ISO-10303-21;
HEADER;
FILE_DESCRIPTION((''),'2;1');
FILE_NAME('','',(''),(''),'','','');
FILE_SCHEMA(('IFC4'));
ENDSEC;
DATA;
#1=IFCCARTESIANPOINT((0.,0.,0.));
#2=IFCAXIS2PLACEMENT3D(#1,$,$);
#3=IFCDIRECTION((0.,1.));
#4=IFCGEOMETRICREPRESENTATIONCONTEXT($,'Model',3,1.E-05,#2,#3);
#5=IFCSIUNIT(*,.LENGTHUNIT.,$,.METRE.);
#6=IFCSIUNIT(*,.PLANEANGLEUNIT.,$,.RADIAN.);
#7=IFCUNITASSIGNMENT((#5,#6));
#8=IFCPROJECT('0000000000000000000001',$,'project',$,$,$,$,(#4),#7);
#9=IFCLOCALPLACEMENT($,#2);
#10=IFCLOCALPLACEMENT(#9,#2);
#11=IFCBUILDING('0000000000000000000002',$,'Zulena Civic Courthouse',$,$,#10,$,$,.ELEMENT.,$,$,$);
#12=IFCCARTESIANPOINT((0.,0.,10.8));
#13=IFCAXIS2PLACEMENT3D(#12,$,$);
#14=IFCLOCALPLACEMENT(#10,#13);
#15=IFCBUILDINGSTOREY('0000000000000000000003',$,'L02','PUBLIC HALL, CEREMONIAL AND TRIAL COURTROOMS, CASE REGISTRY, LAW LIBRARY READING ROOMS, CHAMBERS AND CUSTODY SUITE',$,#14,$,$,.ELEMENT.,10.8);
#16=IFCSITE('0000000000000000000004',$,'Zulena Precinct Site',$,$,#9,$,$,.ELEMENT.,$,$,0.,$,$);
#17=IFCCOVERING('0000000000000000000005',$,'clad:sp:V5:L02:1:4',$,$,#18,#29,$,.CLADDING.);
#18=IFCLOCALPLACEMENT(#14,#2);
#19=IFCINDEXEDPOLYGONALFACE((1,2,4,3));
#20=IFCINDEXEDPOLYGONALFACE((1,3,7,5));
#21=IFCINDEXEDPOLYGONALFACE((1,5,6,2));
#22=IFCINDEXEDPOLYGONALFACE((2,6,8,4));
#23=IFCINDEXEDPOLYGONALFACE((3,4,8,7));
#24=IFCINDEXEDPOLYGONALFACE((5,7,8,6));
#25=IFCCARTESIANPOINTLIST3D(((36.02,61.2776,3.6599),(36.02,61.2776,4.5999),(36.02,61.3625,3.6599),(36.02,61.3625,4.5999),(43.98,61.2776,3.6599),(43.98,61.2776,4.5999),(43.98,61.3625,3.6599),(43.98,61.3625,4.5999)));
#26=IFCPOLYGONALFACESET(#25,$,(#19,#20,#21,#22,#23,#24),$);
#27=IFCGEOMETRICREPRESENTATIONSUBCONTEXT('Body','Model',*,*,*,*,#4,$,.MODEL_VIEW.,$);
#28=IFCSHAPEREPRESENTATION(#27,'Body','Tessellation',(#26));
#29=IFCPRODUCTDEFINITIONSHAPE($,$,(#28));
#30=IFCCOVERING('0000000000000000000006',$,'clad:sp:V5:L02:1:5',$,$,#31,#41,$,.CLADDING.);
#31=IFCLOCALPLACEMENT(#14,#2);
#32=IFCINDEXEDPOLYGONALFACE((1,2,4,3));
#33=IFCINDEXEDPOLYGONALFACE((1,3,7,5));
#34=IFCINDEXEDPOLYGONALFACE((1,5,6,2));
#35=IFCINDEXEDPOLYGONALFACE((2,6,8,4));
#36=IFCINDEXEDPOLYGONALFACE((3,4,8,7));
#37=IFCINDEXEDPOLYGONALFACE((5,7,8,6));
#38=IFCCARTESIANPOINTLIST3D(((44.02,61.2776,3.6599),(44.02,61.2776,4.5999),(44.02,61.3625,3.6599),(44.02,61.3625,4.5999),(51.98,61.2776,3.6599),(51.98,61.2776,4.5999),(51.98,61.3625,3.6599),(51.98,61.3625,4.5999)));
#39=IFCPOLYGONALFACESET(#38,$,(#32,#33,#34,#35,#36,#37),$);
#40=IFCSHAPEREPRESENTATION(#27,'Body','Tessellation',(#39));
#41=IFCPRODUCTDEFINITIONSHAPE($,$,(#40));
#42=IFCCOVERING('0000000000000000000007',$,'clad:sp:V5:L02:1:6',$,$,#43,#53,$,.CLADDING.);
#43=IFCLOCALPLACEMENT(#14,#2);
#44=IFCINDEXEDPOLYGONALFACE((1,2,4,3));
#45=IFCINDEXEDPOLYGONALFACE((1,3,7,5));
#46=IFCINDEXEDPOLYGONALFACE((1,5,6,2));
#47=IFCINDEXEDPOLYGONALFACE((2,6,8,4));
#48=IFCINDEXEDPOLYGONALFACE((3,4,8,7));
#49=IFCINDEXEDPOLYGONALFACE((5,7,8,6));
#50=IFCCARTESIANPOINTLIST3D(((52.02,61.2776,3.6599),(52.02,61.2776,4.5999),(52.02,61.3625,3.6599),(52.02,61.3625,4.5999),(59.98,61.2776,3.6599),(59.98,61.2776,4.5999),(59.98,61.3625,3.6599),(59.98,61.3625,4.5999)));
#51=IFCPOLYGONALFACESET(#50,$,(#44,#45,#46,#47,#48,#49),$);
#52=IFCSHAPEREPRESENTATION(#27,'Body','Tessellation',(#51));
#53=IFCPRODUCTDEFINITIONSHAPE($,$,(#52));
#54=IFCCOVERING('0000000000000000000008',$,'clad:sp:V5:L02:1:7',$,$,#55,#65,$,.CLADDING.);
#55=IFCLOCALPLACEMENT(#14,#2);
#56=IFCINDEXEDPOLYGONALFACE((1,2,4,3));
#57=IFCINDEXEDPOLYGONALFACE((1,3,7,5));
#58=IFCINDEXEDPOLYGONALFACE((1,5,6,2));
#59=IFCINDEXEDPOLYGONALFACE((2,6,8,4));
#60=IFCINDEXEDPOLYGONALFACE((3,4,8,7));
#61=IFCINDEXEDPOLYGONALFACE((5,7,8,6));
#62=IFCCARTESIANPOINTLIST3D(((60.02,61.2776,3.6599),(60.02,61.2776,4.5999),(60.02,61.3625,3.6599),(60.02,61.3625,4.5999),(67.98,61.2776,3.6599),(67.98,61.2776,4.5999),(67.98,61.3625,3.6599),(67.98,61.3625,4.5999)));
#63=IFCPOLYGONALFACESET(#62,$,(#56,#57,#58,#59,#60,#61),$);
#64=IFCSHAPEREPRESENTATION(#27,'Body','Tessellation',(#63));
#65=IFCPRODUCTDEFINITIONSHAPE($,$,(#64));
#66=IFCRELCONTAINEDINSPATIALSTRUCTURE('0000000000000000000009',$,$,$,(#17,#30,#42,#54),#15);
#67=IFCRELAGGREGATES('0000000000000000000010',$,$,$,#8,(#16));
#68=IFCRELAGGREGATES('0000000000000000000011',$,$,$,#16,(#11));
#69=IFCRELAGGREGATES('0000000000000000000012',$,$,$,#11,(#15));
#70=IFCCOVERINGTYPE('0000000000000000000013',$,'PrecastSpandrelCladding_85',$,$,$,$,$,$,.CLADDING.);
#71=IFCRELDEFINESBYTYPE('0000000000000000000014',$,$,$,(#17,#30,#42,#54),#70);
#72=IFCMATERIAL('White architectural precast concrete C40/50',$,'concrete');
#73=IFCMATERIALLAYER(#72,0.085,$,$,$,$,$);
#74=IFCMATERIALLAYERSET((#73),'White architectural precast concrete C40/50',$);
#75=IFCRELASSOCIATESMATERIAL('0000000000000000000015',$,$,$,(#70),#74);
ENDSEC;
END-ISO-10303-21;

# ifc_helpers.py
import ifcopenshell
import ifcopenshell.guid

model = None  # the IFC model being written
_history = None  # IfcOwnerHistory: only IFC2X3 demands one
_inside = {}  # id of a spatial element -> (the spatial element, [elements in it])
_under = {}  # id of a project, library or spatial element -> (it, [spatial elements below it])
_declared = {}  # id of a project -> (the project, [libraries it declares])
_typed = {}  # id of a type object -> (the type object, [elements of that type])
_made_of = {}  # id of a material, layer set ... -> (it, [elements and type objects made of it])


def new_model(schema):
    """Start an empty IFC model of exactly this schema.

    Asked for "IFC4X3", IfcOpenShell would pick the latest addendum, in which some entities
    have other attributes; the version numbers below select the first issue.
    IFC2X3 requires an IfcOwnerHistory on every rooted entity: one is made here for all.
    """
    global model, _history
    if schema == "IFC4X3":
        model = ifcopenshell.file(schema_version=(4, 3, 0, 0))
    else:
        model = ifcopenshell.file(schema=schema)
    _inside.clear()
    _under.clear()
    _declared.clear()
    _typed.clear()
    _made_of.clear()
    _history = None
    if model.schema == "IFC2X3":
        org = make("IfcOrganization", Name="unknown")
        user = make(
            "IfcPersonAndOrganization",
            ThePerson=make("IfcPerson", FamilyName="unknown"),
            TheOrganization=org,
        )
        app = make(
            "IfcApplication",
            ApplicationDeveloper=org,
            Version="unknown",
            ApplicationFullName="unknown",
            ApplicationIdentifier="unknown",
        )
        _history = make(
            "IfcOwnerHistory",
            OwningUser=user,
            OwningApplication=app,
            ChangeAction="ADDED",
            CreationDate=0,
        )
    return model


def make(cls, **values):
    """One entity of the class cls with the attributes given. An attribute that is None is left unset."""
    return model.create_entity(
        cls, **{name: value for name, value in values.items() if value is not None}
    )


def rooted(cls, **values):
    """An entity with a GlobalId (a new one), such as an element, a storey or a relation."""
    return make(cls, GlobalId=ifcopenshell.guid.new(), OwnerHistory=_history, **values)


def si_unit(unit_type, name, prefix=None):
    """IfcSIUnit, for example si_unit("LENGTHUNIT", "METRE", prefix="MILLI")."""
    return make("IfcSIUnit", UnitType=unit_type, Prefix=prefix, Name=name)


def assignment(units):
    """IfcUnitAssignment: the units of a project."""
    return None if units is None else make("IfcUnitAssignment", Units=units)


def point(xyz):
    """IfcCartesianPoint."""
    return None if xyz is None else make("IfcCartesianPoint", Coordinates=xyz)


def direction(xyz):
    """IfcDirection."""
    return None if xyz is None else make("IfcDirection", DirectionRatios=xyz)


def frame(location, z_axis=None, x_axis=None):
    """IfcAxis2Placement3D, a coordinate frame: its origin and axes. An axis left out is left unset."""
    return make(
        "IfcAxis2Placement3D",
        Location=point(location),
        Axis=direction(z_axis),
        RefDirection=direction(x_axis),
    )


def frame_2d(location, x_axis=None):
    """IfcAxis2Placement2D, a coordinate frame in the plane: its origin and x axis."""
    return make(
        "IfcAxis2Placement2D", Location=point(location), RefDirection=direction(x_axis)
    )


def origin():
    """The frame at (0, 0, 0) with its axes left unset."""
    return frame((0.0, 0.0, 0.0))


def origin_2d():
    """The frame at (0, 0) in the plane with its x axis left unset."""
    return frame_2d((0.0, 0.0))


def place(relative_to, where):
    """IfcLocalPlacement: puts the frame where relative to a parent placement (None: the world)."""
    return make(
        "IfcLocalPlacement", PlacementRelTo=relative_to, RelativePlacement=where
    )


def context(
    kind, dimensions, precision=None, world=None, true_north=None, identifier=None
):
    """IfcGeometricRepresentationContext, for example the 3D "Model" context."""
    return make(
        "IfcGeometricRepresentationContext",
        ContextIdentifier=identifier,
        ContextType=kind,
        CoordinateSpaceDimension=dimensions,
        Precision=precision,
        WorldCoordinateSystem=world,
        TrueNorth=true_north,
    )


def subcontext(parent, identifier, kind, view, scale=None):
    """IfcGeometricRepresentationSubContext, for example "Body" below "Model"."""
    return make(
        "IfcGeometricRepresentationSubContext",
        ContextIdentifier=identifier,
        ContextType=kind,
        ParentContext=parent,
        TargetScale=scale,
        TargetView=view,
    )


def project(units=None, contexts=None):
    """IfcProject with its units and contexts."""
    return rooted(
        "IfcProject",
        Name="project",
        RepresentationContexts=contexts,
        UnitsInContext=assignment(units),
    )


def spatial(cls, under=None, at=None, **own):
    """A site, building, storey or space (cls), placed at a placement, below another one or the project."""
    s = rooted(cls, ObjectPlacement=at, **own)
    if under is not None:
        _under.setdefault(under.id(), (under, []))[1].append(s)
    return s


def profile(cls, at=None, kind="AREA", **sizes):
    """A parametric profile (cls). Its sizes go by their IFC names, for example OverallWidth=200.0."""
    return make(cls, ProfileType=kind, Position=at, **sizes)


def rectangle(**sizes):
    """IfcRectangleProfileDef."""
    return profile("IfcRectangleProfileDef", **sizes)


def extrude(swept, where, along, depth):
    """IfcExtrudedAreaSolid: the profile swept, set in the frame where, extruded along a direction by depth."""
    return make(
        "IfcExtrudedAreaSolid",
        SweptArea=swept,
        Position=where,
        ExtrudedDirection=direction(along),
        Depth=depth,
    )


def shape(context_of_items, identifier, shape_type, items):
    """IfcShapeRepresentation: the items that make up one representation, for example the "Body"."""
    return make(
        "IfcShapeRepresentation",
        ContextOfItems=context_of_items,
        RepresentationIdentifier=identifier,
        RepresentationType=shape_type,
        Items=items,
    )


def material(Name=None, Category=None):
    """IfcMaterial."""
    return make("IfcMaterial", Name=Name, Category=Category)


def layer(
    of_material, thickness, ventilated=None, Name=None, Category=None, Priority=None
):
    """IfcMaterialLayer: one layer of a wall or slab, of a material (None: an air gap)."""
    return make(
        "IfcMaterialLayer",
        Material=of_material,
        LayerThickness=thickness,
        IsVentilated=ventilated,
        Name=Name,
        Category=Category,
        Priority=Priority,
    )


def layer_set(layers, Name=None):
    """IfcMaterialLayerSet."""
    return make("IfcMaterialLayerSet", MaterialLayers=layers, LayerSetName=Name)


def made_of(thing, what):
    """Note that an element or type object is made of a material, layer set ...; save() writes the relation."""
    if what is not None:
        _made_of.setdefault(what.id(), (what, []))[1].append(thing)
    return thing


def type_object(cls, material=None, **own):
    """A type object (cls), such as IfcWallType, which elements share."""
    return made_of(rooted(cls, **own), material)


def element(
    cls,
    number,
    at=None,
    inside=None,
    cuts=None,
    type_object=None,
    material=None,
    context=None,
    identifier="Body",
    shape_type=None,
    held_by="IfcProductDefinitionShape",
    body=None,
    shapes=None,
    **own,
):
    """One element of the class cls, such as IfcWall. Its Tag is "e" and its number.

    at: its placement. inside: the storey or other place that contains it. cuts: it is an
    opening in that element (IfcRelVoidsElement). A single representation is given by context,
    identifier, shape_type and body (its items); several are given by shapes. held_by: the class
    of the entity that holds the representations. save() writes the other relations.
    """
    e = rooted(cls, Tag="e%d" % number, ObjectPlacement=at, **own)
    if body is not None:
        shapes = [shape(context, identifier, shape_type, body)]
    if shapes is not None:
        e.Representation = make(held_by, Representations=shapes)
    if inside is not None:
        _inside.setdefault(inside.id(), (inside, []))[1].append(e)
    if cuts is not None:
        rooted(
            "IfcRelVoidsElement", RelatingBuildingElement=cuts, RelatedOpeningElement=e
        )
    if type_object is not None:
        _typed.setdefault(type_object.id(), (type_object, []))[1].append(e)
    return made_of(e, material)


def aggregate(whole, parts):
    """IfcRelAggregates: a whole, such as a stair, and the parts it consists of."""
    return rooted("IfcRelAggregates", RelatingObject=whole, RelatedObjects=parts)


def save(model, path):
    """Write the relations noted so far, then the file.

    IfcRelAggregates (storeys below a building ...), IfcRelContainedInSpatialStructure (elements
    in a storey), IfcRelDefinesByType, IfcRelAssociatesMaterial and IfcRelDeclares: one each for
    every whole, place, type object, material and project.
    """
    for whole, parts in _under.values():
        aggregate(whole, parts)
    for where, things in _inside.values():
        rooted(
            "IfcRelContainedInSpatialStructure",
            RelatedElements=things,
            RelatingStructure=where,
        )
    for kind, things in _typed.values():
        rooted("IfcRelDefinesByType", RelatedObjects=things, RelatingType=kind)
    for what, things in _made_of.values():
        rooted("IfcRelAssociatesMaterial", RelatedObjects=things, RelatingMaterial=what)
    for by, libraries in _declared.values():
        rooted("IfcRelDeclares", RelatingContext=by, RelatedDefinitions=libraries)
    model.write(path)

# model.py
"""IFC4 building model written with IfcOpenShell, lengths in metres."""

from ifc_helpers import new_model, si_unit, direction, frame, origin, origin_2d, place, context, subcontext, project, spatial, rectangle, extrude, material, layer, layer_set, type_object, element, save


model = new_model("IFC4")

# Units and contexts
model_context = context("Model", 3, precision=1e-05, world=origin(), true_north=direction((0.0, 1.0)))
body_context = subcontext(model_context, "Body", "Model", "MODEL_VIEW")
ifc_project = project(units=[si_unit("LENGTHUNIT", "METRE"), si_unit("PLANEANGLEUNIT", "RADIAN")], contexts=[model_context])

# Site, building, storey
site_placement = place(None, origin())
site = spatial("IfcSite", under=ifc_project, at=site_placement, Name="Zulena Precinct Site", CompositionType="ELEMENT", RefElevation=0.0)
building_placement = place(site_placement, origin())
building = spatial("IfcBuilding", under=site, at=building_placement, Name="Zulena Civic Courthouse", CompositionType="ELEMENT")
storey_placement = place(building_placement, frame((0.0, 0.0, 10.8)))
storey = spatial("IfcBuildingStorey", under=building, at=storey_placement, Name="L02", Description="PUBLIC HALL, CEREMONIAL AND TRIAL COURTROOMS, CASE REGISTRY, LAW LIBRARY READING ROOMS, CHAMBERS AND CUSTODY SUITE", CompositionType="ELEMENT", Elevation=10.8)

# Coverings
ifc_material_1 = material(Name="White architectural precast concrete C40/50", Category="concrete")
ifc_layer_1 = layer(ifc_material_1, 0.085)
ifc_layer_set_1 = layer_set([ifc_layer_1], Name="White architectural precast concrete C40/50")
covering_type = type_object("IfcCoveringType", Name="PrecastSpandrelCladding_85", PredefinedType="CLADDING", material=ifc_layer_set_1)
for number, where, z_axis, x_axis, name in (
    (1, (40.0, 61.3201, 3.6599), (0.0, 0.0, 1.0), (1.0, 0.0, 0.0), "clad:sp:V5:L02:1:4"),
    (2, (48.0, 61.3201, 3.6599), (0.0, 0.0, 1.0), (1.0, 0.0, 0.0), "clad:sp:V5:L02:1:5"),
    (3, (56.0, 61.3201, 3.6599), (0.0, 0.0, 1.0), (1.0, 0.0, 0.0), "clad:sp:V5:L02:1:6"),
    (4, (64.0, 61.3201, 3.6599), (0.0, 0.0, 1.0), (1.0, 0.0, 0.0), "clad:sp:V5:L02:1:7"),
):
    element("IfcCovering", number, at=place(storey_placement, frame(where, z_axis=z_axis, x_axis=x_axis)), inside=storey, type_object=covering_type, Name=name, PredefinedType="CLADDING", context=body_context, shape_type="SweptSolid", body=[
        extrude(rectangle(XDim=7.96, YDim=0.085, at=origin_2d()), origin(), (0.0, 0.0, 1.0), 0.9399),
    ])

save(model, "model.ifc")
